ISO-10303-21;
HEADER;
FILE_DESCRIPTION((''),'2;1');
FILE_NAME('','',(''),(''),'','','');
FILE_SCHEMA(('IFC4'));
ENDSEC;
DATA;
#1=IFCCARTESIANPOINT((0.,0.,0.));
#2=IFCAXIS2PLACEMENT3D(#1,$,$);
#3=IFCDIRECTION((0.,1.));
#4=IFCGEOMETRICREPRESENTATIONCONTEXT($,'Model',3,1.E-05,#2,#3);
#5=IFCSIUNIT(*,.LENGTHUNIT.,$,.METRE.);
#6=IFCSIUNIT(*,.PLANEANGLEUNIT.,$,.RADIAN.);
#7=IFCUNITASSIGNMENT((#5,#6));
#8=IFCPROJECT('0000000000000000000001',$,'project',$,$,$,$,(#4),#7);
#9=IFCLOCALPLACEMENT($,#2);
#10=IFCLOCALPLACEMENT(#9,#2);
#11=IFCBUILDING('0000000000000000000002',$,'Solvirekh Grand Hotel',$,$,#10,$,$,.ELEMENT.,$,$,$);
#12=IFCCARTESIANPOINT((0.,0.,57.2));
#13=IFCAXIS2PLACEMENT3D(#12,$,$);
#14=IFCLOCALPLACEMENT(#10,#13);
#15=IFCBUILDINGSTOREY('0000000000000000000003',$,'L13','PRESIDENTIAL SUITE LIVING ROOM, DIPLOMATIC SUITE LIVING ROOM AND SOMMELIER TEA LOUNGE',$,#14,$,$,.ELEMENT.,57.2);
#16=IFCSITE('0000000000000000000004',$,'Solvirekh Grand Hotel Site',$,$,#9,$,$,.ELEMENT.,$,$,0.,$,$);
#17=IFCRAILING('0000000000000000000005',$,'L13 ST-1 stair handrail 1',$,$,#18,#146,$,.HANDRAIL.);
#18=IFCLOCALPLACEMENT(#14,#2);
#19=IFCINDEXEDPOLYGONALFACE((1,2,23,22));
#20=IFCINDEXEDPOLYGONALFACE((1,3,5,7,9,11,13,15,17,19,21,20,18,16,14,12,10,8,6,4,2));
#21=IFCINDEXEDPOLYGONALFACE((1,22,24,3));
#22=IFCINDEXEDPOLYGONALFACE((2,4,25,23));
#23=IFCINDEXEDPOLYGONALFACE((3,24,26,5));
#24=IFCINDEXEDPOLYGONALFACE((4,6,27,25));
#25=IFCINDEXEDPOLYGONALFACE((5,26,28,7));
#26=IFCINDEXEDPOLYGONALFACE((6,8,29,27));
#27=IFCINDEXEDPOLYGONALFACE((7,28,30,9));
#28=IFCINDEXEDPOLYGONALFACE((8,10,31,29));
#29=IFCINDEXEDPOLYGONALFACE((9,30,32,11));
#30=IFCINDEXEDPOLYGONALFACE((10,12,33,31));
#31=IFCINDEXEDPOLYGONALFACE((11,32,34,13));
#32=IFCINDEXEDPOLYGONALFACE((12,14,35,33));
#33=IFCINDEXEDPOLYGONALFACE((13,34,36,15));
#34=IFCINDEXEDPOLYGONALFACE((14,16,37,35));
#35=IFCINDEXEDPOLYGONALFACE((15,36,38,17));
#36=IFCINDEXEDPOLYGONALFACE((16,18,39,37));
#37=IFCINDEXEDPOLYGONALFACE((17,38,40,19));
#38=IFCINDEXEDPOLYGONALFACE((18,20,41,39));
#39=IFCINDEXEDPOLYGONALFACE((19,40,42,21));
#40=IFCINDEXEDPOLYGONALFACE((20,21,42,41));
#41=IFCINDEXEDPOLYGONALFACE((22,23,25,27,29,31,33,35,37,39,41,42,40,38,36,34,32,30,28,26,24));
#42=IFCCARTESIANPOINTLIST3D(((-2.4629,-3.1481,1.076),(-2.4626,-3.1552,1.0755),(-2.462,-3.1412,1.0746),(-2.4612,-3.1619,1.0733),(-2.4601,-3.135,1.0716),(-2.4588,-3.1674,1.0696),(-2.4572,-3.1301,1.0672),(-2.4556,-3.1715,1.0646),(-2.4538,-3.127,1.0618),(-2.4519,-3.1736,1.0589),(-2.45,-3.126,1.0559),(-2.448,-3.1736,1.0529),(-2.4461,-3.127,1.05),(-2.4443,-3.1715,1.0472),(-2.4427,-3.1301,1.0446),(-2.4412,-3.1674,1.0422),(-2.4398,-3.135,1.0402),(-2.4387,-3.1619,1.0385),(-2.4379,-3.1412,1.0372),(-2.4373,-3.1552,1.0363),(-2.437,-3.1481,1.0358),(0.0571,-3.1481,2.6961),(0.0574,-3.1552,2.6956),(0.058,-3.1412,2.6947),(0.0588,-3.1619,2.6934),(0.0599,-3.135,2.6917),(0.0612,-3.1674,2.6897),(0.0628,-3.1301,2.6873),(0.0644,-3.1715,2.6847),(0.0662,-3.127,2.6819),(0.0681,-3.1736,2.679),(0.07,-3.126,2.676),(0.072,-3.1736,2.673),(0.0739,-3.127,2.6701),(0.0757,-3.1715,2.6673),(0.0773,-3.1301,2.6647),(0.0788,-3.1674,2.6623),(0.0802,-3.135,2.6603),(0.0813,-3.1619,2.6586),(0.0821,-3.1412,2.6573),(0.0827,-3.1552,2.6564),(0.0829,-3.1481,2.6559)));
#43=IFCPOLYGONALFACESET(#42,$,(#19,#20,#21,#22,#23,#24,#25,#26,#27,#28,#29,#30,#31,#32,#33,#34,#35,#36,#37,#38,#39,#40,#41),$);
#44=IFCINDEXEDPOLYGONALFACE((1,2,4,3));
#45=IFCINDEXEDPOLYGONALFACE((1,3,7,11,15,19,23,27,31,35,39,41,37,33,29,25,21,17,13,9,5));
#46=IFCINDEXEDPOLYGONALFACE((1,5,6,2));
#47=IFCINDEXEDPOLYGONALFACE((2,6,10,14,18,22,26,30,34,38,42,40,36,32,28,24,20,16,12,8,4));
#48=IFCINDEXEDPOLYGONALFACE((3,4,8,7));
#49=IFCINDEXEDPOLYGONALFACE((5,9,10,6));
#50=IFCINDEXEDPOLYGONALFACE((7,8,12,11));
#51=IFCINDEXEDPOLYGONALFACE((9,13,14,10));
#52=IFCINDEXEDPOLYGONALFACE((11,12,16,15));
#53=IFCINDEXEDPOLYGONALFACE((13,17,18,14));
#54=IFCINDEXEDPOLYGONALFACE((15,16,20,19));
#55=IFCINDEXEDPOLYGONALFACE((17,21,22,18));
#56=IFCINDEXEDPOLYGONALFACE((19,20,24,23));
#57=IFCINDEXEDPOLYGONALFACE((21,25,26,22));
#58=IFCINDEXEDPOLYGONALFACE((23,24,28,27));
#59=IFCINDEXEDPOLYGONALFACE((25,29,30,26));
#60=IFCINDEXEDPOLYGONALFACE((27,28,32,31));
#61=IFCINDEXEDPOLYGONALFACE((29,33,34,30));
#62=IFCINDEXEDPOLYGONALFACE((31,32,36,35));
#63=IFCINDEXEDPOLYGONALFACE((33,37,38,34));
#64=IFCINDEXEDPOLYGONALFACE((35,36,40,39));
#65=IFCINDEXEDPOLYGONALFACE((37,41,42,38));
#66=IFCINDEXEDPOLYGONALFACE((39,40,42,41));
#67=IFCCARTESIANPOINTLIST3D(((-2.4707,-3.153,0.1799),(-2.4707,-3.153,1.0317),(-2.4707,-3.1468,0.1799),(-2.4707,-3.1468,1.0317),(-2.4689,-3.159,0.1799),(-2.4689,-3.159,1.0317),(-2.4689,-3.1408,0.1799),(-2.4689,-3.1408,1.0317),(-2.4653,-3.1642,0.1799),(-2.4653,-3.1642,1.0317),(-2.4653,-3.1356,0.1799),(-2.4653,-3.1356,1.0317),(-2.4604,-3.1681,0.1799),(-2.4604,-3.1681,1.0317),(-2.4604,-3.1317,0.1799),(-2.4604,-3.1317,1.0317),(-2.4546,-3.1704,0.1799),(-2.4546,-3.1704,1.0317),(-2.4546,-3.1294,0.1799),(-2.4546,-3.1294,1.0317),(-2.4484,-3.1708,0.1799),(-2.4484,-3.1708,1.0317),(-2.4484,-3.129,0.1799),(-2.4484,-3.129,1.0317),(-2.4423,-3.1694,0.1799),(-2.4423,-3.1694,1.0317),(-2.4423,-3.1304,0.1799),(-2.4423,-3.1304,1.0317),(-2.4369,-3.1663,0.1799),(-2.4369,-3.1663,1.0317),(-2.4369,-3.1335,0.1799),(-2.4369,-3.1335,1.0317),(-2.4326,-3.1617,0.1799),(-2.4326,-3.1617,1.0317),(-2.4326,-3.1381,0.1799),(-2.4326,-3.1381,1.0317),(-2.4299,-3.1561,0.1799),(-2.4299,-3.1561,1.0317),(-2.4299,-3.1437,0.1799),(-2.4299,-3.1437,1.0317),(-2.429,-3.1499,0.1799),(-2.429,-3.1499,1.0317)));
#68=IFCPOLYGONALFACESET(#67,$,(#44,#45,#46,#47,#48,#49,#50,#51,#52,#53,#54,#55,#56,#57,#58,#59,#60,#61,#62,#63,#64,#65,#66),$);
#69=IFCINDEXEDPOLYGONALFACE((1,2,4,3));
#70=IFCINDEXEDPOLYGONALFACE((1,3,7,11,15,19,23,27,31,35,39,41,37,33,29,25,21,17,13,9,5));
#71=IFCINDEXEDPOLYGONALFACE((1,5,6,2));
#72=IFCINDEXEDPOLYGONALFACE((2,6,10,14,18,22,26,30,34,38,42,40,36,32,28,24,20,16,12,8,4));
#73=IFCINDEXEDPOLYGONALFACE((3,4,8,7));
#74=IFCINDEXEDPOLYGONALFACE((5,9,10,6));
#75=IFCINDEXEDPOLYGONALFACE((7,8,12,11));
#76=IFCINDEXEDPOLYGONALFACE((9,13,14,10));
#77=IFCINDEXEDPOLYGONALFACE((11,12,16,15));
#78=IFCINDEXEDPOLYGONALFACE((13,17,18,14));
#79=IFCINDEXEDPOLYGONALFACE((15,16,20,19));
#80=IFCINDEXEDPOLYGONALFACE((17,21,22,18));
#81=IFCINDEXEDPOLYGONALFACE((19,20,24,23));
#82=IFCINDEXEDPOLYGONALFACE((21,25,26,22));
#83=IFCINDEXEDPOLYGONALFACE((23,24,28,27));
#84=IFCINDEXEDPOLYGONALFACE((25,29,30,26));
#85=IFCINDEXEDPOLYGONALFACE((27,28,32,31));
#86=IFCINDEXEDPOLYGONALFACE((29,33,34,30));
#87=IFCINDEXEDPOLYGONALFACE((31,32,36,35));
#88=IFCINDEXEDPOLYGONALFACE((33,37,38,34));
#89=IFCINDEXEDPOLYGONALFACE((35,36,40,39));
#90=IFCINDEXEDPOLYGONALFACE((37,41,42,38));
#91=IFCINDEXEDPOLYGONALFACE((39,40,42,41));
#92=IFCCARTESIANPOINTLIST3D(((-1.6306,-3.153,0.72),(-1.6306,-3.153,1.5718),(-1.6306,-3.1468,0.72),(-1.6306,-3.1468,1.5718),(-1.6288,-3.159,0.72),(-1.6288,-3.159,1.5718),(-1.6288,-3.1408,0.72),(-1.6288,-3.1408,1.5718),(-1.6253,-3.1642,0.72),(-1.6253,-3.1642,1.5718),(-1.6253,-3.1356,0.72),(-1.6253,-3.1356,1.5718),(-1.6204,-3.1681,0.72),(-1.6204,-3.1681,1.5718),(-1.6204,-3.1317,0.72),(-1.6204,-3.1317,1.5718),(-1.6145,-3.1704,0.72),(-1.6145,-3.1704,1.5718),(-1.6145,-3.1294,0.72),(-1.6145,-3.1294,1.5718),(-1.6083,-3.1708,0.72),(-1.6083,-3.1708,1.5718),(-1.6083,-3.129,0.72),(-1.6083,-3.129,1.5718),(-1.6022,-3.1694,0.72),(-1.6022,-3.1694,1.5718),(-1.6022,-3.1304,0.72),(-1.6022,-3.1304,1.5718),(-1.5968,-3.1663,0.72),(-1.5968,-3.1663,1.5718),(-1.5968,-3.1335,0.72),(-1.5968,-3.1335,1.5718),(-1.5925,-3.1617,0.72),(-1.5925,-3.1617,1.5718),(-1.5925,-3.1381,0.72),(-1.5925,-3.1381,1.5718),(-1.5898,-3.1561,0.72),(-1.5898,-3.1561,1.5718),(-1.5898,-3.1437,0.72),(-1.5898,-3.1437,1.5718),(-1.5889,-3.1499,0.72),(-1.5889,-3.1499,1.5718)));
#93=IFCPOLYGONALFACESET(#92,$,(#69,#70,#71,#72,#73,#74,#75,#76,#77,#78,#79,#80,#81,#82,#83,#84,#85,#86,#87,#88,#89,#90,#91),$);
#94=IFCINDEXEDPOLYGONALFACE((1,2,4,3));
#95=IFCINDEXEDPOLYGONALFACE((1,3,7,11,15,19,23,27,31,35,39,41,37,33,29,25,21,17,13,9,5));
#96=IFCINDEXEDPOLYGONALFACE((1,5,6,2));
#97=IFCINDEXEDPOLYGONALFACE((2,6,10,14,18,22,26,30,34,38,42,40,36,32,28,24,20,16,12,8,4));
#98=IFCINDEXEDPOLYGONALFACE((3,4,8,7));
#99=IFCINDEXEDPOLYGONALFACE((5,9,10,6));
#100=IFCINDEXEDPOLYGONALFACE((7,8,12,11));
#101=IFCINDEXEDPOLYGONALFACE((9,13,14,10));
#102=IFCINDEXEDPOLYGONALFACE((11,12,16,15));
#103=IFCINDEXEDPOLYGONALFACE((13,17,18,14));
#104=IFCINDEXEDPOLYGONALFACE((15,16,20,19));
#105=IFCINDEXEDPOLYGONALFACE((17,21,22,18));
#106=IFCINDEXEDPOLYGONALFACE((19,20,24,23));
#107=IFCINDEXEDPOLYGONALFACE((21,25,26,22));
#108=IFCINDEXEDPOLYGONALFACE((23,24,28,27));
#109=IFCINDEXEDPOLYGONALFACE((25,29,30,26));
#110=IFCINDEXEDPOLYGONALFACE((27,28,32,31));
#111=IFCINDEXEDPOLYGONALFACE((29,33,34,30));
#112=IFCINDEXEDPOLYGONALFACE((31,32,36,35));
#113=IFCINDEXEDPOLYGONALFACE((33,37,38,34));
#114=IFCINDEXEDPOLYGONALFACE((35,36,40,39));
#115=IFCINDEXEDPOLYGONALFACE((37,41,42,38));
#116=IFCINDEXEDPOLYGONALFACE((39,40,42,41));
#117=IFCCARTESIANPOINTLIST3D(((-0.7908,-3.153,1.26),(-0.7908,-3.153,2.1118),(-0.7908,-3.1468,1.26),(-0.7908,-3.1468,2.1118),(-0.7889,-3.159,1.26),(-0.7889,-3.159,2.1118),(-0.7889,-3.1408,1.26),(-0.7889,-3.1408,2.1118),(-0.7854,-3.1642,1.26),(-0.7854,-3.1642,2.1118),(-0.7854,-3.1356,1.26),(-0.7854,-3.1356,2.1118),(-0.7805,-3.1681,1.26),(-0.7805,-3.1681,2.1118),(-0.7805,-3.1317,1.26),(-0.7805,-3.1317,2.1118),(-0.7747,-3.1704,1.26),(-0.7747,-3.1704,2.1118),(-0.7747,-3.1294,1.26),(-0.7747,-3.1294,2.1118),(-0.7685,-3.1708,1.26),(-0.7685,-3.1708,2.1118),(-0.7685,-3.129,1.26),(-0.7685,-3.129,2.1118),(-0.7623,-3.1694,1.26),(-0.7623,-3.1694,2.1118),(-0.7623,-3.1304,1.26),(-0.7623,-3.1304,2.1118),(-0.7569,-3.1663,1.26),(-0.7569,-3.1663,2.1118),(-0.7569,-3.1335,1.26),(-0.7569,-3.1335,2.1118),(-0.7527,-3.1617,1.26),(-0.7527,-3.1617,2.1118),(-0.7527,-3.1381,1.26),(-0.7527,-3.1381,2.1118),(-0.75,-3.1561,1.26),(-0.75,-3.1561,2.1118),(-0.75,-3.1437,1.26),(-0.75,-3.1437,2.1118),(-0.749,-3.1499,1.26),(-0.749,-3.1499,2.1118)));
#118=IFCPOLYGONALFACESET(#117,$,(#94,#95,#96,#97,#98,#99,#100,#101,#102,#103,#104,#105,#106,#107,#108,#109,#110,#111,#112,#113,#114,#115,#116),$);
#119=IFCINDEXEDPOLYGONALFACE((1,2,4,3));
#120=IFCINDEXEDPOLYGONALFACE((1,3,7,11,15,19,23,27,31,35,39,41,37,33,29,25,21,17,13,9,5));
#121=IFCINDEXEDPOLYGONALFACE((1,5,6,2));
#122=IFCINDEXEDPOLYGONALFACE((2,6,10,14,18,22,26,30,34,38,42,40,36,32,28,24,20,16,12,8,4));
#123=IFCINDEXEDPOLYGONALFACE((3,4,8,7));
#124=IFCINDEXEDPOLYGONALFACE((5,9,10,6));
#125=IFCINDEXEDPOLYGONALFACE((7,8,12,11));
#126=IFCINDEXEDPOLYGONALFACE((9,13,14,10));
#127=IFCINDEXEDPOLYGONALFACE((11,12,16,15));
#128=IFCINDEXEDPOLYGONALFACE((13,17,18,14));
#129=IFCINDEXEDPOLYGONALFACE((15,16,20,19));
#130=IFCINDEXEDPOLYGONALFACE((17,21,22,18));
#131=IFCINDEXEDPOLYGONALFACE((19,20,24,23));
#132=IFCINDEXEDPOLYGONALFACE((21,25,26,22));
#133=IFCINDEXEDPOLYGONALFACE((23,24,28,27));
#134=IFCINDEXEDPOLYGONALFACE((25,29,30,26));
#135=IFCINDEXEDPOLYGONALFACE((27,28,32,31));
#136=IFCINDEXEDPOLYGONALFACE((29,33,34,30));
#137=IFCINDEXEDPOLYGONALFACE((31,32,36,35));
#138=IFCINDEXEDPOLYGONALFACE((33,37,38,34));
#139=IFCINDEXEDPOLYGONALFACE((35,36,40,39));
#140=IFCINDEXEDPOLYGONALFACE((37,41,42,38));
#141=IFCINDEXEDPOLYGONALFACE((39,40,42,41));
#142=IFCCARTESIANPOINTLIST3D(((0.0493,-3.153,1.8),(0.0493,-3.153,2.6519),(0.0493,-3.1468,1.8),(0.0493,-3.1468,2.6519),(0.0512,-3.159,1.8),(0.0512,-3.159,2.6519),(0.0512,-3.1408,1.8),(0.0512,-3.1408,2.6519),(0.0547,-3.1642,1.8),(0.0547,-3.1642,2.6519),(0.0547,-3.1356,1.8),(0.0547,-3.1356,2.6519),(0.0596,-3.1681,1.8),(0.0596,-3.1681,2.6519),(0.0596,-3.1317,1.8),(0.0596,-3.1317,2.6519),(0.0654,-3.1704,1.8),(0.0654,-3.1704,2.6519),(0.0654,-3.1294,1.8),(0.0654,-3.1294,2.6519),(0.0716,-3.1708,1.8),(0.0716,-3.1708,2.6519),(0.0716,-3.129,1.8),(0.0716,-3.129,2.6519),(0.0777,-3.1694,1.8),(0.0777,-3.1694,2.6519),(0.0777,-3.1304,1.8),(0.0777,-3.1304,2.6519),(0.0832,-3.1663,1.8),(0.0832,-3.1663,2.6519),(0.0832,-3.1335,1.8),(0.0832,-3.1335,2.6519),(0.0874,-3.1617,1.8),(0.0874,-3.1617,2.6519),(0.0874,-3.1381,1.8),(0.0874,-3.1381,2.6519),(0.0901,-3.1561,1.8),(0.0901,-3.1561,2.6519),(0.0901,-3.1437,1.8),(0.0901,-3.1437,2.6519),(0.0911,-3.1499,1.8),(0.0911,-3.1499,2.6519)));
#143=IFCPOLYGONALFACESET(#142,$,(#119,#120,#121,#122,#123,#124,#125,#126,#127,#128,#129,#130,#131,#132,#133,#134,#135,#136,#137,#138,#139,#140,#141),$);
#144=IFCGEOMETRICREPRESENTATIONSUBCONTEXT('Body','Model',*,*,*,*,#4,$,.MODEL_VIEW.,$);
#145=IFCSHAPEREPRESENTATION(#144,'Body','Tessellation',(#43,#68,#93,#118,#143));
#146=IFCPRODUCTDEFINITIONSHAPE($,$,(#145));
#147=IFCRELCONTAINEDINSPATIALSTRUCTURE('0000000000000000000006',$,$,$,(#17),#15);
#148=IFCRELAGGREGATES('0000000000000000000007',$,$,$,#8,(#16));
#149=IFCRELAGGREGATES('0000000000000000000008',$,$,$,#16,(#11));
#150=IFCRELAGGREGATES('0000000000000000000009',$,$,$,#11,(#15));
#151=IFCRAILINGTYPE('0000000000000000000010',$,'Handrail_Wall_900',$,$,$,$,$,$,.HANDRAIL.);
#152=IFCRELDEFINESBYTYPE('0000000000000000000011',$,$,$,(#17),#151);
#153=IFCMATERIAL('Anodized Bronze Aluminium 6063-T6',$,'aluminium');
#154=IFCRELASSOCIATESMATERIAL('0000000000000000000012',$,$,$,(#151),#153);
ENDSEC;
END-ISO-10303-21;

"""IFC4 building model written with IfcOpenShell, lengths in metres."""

from ifc_helpers import new_model, si_unit, direction, frame, origin, origin_2d, place, context, subcontext, project, spatial, circle, extrude, material, type_object, element, save


model = new_model("IFC4")

# Units and contexts
model_context = context("Model", 3, precision=1e-05, world=origin(), true_north=direction((0.0, 1.0)))
body_context = subcontext(model_context, "Body", "Model", "MODEL_VIEW")
ifc_project = project(units=[si_unit("LENGTHUNIT", "METRE"), si_unit("PLANEANGLEUNIT", "RADIAN")], contexts=[model_context])

# Site, building, storey
site_placement = place(None, origin())
site = spatial("IfcSite", under=ifc_project, at=site_placement, Name="Solvirekh Grand Hotel Site", CompositionType="ELEMENT", RefElevation=0.0)
building_placement = place(site_placement, origin())
building = spatial("IfcBuilding", under=site, at=building_placement, Name="Solvirekh Grand Hotel", CompositionType="ELEMENT")
storey_placement = place(building_placement, frame((0.0, 0.0, 57.2)))
storey = spatial("IfcBuildingStorey", under=building, at=storey_placement, Name="L13", Description="PRESIDENTIAL SUITE LIVING ROOM, DIPLOMATIC SUITE LIVING ROOM AND SOMMELIER TEA LOUNGE", CompositionType="ELEMENT", Elevation=57.2)

# Shared definitions
ifc_material_1 = material(Name="Anodized Bronze Aluminium 6063-T6", Category="aluminium")

# Railing
railing_type_1 = type_object("IfcRailingType", Name="Handrail_Wall_900", PredefinedType="HANDRAIL", material=ifc_material_1)
railing_1_placement = place(storey_placement, frame((-2.45, -3.1499, 0.1799)))
element("IfcRailing", 1, at=railing_1_placement, inside=storey, type_object=railing_type_1, Name="L13 ST-1 stair handrail 1", PredefinedType="HANDRAIL", context=body_context, shape_type="SweptSolid", body=[
    extrude(circle(Radius=0.0239, at=origin_2d()), frame((0.0, 0.0, 0.876), z_axis=(0.841163, 0.0, 0.540782), x_axis=(0.0, 1.0, 0.0)), (0.0, 0.0, 1.0), 2.9958),
    extrude(circle(Radius=0.021, at=origin_2d()), origin(), (0.0, 0.0, 1.0), 0.8518),
    extrude(circle(Radius=0.021, at=origin_2d()), frame((0.8401, 0.0, 0.54)), (0.0, 0.0, 1.0), 0.8518),
    extrude(circle(Radius=0.021, at=origin_2d()), frame((1.6799, 0.0, 1.0801)), (0.0, 0.0, 1.0), 0.8518),
    extrude(circle(Radius=0.021, at=origin_2d()), frame((2.52, 0.0, 1.6201)), (0.0, 0.0, 1.0), 0.8518),
])

save(model, "model.ifc")
